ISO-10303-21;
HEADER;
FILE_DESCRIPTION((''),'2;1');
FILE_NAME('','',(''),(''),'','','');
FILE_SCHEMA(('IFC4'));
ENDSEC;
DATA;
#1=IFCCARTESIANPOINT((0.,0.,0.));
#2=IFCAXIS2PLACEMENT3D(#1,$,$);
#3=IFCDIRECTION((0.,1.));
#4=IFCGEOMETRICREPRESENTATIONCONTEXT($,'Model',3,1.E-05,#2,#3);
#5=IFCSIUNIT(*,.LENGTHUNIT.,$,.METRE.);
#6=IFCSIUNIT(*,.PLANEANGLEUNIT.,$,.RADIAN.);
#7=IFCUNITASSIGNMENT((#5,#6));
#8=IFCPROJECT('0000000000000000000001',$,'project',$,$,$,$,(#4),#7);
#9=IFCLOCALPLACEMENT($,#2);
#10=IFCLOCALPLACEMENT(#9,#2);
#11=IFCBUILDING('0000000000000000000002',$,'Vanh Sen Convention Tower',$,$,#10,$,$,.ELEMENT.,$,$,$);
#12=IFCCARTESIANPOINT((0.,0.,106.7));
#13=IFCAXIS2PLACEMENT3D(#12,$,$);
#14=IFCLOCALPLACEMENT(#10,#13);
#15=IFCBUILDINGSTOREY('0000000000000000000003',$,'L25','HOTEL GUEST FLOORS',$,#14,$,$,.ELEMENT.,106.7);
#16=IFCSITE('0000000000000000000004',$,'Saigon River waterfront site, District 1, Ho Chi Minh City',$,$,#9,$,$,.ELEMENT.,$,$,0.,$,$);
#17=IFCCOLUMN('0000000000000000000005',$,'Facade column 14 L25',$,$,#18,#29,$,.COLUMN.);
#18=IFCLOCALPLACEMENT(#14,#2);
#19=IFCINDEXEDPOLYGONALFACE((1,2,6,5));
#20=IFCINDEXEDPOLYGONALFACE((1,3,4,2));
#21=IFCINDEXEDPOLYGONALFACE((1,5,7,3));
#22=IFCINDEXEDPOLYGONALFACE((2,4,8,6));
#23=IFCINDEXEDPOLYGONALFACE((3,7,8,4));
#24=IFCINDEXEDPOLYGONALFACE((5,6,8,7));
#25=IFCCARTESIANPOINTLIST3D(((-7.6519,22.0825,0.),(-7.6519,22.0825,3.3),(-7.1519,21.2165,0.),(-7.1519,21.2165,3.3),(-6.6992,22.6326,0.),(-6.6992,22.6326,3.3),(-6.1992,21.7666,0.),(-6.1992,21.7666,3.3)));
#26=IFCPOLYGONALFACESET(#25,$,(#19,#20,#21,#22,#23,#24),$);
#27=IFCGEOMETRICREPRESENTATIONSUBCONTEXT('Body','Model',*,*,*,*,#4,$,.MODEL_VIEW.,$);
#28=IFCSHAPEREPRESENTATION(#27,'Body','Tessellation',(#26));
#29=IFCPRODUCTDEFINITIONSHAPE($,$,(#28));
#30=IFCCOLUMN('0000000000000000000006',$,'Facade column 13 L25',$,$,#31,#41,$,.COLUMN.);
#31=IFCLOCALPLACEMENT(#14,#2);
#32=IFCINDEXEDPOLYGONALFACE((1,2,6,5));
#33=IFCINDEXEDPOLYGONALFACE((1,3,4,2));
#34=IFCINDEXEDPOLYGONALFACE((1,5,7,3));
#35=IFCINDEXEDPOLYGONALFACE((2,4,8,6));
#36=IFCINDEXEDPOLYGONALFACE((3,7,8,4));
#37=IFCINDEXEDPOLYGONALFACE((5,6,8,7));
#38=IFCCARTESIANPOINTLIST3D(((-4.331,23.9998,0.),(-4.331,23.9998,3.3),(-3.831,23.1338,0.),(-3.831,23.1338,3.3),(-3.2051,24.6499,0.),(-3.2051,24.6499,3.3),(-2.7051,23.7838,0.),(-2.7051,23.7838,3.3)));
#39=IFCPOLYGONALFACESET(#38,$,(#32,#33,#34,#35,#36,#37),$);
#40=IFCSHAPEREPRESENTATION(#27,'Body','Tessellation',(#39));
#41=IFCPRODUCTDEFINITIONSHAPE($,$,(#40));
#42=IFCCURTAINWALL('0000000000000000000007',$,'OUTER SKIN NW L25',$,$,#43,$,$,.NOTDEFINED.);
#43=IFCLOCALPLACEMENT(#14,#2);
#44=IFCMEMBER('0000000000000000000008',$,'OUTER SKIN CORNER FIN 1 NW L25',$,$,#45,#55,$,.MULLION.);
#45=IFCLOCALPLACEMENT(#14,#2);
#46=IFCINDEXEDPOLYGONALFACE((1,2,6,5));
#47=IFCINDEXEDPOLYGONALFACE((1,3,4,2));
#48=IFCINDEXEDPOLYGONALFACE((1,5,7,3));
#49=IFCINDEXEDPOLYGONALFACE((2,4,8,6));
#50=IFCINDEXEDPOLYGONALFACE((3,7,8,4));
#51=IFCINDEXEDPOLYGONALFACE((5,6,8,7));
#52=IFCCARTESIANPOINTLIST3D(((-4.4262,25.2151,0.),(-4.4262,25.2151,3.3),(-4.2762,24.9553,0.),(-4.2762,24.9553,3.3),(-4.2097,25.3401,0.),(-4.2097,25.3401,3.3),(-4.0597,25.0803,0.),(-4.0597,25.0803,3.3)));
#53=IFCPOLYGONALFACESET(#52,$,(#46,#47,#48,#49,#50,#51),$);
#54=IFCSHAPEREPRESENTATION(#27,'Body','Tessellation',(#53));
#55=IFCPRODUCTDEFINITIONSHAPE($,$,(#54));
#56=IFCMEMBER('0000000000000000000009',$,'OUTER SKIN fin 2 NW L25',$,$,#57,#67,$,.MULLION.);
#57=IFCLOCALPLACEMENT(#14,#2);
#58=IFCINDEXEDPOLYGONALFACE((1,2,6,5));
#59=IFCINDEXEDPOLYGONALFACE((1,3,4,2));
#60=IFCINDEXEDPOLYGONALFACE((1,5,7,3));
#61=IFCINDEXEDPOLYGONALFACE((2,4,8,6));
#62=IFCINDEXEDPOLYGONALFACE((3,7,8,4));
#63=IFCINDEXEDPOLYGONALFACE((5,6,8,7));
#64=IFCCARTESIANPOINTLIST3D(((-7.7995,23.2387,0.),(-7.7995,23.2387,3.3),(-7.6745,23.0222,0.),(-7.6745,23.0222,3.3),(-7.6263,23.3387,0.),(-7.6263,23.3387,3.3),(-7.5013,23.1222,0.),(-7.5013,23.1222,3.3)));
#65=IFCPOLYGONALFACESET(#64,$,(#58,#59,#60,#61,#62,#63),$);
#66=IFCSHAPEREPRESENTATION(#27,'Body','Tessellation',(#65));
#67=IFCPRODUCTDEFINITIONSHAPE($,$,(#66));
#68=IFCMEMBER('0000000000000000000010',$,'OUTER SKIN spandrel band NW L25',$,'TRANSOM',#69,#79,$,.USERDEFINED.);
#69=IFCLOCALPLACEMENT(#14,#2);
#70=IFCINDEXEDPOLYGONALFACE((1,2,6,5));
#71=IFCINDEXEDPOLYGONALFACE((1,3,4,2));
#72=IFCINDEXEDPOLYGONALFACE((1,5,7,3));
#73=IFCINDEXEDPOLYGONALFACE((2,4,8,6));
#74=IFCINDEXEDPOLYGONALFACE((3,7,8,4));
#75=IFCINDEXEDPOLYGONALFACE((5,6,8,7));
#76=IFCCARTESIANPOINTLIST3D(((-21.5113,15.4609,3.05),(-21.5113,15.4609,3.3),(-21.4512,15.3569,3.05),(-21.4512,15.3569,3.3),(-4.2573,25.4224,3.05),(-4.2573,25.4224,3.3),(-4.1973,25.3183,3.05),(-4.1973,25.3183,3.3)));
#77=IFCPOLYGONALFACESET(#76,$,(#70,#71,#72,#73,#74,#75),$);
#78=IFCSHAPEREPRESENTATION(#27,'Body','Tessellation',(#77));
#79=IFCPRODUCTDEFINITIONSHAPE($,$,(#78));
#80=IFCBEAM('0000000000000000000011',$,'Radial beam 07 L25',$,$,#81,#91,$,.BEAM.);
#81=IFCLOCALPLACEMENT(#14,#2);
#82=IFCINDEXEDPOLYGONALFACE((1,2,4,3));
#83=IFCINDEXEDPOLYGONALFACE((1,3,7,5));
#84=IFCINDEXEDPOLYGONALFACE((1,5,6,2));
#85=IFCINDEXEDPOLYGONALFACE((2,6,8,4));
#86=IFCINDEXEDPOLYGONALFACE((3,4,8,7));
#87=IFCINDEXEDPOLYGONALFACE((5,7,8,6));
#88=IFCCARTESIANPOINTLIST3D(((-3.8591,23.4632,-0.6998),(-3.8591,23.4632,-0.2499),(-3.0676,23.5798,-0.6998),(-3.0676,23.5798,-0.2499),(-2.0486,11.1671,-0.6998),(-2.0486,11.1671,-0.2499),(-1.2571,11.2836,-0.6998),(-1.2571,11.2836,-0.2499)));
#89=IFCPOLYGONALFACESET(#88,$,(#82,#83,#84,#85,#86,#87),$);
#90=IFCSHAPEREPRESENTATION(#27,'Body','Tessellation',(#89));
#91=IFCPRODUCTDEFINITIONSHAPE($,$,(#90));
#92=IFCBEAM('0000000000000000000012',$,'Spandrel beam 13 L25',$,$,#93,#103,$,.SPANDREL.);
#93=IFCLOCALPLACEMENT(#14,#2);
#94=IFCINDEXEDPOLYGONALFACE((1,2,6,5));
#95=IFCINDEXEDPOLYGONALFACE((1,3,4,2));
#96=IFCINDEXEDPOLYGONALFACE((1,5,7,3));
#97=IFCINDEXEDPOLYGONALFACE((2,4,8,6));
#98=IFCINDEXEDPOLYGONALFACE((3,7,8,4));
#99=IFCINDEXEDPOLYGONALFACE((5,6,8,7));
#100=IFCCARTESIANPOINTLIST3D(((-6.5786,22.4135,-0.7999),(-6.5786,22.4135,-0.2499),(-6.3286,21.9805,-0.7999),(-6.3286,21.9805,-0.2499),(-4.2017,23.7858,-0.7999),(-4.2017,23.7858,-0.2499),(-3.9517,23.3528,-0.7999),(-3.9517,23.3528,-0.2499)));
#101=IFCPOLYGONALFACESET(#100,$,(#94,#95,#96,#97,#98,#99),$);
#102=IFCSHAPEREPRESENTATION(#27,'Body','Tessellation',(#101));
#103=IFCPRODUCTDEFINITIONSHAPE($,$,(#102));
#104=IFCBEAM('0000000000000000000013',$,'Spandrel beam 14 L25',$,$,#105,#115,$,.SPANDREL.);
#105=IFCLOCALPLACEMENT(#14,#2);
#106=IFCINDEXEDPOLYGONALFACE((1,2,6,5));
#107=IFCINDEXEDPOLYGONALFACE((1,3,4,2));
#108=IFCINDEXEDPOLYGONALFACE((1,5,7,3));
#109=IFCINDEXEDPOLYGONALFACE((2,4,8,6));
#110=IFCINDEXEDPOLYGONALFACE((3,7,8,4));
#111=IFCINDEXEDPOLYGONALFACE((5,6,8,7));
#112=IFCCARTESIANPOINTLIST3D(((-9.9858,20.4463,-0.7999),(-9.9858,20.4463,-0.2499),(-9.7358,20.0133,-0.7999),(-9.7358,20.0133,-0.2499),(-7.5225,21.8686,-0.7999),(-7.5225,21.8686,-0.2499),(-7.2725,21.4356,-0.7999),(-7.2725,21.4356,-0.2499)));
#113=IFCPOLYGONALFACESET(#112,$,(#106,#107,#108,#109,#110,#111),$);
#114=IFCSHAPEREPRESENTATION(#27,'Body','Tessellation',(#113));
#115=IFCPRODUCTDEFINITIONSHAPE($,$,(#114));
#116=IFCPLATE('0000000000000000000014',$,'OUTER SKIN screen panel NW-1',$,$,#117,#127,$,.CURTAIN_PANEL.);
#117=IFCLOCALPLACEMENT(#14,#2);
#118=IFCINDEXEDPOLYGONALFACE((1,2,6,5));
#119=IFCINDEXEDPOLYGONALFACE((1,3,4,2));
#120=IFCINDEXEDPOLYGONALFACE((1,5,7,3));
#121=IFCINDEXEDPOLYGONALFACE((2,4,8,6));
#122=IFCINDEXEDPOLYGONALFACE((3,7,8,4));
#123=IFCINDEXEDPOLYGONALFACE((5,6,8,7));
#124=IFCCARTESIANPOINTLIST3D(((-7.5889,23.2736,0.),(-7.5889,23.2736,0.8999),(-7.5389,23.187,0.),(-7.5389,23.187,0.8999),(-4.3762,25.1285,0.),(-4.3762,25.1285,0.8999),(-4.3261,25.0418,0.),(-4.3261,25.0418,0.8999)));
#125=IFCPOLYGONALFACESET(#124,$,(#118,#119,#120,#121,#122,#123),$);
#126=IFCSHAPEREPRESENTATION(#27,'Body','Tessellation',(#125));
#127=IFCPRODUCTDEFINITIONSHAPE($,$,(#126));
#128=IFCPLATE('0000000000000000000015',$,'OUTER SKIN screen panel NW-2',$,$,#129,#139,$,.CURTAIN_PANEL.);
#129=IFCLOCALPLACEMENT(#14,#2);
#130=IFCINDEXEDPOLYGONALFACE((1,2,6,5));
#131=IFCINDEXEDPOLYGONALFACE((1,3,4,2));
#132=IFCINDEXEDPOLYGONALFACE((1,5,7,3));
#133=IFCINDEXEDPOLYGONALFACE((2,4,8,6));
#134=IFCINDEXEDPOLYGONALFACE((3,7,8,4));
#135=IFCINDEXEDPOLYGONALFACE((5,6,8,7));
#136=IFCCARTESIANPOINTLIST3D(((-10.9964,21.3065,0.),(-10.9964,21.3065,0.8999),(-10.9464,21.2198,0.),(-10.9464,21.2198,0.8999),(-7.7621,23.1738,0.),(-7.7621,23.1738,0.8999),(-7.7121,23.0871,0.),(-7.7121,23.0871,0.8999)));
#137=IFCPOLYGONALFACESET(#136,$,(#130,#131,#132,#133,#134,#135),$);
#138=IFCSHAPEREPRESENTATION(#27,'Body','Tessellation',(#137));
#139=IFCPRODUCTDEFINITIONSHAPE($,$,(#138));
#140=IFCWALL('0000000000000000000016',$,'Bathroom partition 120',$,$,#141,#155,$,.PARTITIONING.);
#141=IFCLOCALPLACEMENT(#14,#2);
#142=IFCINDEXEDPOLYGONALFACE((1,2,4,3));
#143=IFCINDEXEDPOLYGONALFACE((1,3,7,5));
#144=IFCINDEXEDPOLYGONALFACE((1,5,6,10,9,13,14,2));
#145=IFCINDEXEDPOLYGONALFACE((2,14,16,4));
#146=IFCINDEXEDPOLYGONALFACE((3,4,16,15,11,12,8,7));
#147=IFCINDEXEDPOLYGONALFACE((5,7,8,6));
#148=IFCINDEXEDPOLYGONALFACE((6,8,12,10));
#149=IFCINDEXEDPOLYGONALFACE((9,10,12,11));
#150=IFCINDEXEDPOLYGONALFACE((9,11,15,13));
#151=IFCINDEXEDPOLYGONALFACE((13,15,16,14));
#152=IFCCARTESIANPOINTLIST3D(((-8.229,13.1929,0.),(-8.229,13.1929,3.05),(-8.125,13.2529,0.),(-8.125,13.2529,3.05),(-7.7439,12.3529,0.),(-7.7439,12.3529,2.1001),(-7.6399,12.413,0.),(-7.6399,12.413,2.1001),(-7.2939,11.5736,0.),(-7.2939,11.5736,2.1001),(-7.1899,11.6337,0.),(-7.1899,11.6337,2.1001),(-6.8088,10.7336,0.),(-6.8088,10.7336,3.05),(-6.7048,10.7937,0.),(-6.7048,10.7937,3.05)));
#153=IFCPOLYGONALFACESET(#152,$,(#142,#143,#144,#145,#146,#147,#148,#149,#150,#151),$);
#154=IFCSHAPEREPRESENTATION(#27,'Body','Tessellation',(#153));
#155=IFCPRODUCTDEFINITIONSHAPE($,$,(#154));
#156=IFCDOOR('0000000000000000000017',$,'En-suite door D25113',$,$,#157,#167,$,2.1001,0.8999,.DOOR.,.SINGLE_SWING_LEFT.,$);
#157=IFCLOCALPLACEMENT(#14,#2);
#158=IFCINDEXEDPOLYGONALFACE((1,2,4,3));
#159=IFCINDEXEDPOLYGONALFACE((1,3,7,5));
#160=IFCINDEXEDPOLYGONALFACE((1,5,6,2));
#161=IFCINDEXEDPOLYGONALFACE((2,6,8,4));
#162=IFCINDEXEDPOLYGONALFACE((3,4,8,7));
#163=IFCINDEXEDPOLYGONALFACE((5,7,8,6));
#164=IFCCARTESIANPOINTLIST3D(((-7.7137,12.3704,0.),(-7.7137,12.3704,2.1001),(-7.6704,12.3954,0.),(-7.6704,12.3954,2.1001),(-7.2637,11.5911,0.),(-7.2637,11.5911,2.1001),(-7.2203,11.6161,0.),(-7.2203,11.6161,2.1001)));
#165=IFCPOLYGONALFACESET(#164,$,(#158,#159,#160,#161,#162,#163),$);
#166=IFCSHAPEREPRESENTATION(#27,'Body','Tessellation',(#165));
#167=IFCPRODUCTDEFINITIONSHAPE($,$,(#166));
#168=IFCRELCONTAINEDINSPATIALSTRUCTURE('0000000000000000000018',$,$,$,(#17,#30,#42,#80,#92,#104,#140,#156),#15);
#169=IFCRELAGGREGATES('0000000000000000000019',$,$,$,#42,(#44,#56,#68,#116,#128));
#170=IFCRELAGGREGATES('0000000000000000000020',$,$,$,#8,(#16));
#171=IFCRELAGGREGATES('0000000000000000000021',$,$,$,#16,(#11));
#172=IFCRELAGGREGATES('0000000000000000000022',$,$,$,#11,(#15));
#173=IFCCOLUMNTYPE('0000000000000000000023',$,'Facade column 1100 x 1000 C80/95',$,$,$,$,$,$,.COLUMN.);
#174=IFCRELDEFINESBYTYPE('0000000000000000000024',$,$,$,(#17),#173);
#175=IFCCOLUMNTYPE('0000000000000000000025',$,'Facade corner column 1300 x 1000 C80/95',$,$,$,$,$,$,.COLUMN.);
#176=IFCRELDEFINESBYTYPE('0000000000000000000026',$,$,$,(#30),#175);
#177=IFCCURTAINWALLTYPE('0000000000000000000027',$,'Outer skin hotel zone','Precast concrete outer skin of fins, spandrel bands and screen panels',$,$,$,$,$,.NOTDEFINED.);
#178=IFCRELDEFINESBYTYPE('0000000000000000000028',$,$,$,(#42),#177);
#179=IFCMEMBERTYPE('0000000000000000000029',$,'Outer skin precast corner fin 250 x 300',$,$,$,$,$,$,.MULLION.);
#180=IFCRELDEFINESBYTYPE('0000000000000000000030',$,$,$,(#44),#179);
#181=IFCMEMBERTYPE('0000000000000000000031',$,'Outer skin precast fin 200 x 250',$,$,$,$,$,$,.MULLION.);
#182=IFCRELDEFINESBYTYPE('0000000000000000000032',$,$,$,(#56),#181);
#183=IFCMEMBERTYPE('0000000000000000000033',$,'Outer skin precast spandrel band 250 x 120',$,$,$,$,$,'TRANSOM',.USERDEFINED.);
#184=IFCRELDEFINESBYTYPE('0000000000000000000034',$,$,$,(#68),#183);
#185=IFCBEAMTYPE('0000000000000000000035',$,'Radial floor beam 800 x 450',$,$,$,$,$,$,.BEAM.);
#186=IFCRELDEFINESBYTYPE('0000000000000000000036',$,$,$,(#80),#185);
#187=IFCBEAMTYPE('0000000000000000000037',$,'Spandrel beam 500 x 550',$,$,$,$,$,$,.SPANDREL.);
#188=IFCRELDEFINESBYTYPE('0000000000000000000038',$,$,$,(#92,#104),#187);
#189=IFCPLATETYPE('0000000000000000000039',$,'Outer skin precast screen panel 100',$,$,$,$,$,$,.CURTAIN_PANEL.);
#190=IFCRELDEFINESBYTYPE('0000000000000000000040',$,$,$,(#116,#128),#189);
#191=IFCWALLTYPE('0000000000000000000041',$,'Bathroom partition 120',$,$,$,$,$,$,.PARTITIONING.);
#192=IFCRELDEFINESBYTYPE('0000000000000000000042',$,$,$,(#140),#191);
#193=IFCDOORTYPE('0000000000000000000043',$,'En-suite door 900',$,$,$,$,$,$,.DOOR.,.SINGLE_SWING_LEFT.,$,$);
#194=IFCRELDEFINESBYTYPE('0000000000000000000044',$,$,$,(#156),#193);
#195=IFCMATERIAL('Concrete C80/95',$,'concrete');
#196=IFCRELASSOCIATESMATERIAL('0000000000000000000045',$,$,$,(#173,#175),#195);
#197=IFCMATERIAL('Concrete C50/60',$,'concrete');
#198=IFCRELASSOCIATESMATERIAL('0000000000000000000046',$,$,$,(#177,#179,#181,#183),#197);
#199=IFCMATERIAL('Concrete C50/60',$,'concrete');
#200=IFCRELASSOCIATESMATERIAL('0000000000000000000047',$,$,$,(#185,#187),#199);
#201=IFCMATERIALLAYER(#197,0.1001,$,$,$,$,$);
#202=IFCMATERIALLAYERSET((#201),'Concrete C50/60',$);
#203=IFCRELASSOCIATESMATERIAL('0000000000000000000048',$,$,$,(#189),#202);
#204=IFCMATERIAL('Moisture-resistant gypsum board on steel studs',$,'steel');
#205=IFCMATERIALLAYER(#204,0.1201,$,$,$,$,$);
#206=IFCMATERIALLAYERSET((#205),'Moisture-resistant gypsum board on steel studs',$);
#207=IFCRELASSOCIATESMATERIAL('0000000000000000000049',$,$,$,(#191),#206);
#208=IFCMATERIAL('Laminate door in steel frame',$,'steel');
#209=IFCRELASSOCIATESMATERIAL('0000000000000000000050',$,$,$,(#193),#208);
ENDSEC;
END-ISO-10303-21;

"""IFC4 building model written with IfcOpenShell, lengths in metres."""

from ifc_helpers import new_model, si_unit, direction, frame, frame_2d, origin, origin_2d, place, context, subcontext, project, spatial, rectangle, extrude, material, layer, layer_set, material_profile, profile_set, type_object, element, fill, aggregate, save


model = new_model("IFC4")

# Units and contexts
model_context = context("Model", 3, precision=1e-05, world=origin(), true_north=direction((0.0, 1.0)))
body_context = subcontext(model_context, "Body", "Model", "MODEL_VIEW")
ifc_project = project(units=[si_unit("LENGTHUNIT", "METRE"), si_unit("PLANEANGLEUNIT", "RADIAN")], contexts=[model_context])

# Site, building, storey
site_placement = place(None, origin())
site = spatial("IfcSite", under=ifc_project, at=site_placement, Name="Saigon River waterfront site, District 1, Ho Chi Minh City", CompositionType="ELEMENT", RefElevation=0.0)
building_placement = place(site_placement, origin())
building = spatial("IfcBuilding", under=site, at=building_placement, Name="Vanh Sen Convention Tower", CompositionType="ELEMENT")
storey_placement = place(building_placement, frame((0.0, 0.0, 106.7)))
storey = spatial("IfcBuildingStorey", under=building, at=storey_placement, Name="L25", Description="HOTEL GUEST FLOORS", CompositionType="ELEMENT", Elevation=106.7)

# Columns
ifc_material_1 = material(Name="Concrete C80/95", Category="concrete")
ifc_material_profile_1 = material_profile(ifc_material_1, rectangle(XDim=1.1001, YDim=1.0, at=origin_2d()), Name="RC 1100X1000")
ifc_profile_set_1 = profile_set([ifc_material_profile_1], Name="Concrete C80/95")
column_type_1 = type_object("IfcColumnType", Name="Facade column 1100 x 1000 C80/95", PredefinedType="COLUMN", material=ifc_profile_set_1)
column_1_placement = place(storey_placement, frame((-6.9255, 21.9246, 0.0), z_axis=(0.0, 0.0, 1.0), x_axis=(-0.866025, -0.5, 0.0)))
element("IfcColumn", 1, at=column_1_placement, inside=storey, type_object=column_type_1, Name="Facade column 14 L25", PredefinedType="COLUMN", context=body_context, shape_type="SweptSolid", body=[
    extrude(rectangle(XDim=1.1001, YDim=1.0, at=origin_2d()), origin(), (0.0, 0.0, 1.0), 3.3),
])
ifc_material_profile_2 = material_profile(ifc_material_1, rectangle(XDim=1.3, YDim=1.0, at=origin_2d()), Name="RC 1300X1000")
ifc_profile_set_2 = profile_set([ifc_material_profile_2], Name="Concrete C80/95")
column_type_2 = type_object("IfcColumnType", Name="Facade corner column 1300 x 1000 C80/95", PredefinedType="COLUMN", material=ifc_profile_set_2)
column_2_placement = place(storey_placement, frame((-3.5181, 23.8918, 0.0), z_axis=(0.0, 0.0, 1.0), x_axis=(-0.866025, -0.5, 0.0)))
element("IfcColumn", 2, at=column_2_placement, inside=storey, type_object=column_type_2, Name="Facade column 13 L25", PredefinedType="COLUMN", context=body_context, shape_type="SweptSolid", body=[
    extrude(rectangle(XDim=1.3, YDim=1.0, at=origin_2d()), origin(), (0.0, 0.0, 1.0), 3.3),
])

# Curtain wall, members
ifc_material_2 = material(Name="Concrete C50/60", Category="concrete")
curtain_wall_type = type_object("IfcCurtainWallType", Name="Outer skin hotel zone", Description="Precast concrete outer skin of fins, spandrel bands and screen panels", PredefinedType="NOTDEFINED", material=ifc_material_2)
curtain_wall_placement = place(storey_placement, origin())
curtain_wall = element("IfcCurtainWall", 3, at=curtain_wall_placement, inside=storey, type_object=curtain_wall_type, Name="OUTER SKIN NW L25", PredefinedType="NOTDEFINED")
ifc_material_profile_3 = material_profile(ifc_material_2, rectangle(XDim=0.25, YDim=0.3, at=origin_2d()), Name="Outer skin precast corner fin 250 x 300")
ifc_profile_set_3 = profile_set([ifc_material_profile_3], Name="Concrete C50/60")
member_type_1 = type_object("IfcMemberType", Name="Outer skin precast corner fin 250 x 300", PredefinedType="MULLION", material=ifc_profile_set_3)
member_1_placement = place(storey_placement, frame((-4.2429, 25.1477, 0.0), z_axis=(0.0, 0.0, 1.0), x_axis=(-0.866025, -0.5, 0.0)))
member_1 = element("IfcMember", 4, at=member_1_placement, type_object=member_type_1, Name="OUTER SKIN CORNER FIN 1 NW L25", PredefinedType="MULLION", context=body_context, shape_type="SweptSolid", body=[
    extrude(rectangle(XDim=0.25, YDim=0.3, at=origin_2d()), origin(), (0.0, 0.0, 1.0), 3.3),
])
ifc_material_profile_4 = material_profile(ifc_material_2, rectangle(XDim=0.2, YDim=0.25, at=origin_2d()), Name="Outer skin precast fin 200 x 250")
ifc_profile_set_4 = profile_set([ifc_material_profile_4], Name="Concrete C50/60")
member_type_2 = type_object("IfcMemberType", Name="Outer skin precast fin 200 x 250", PredefinedType="MULLION", material=ifc_profile_set_4)
member_2_placement = place(storey_placement, frame((-7.6504, 23.1804, 0.0), z_axis=(0.0, 0.0, 1.0), x_axis=(-0.866025, -0.5, 0.0)))
member_2 = element("IfcMember", 5, at=member_2_placement, type_object=member_type_2, Name="OUTER SKIN fin 2 NW L25", PredefinedType="MULLION", context=body_context, shape_type="SweptSolid", body=[
    extrude(rectangle(XDim=0.2, YDim=0.25, at=origin_2d()), origin(), (0.0, 0.0, 1.0), 3.3),
])
ifc_material_profile_5 = material_profile(ifc_material_2, rectangle(XDim=0.1201, YDim=0.25, at=origin_2d()), Name="Outer skin precast spandrel band 250 x 120")
ifc_profile_set_5 = profile_set([ifc_material_profile_5], Name="Concrete C50/60")
member_type_3 = type_object("IfcMemberType", Name="Outer skin precast spandrel band 250 x 120", ElementType="TRANSOM", PredefinedType="USERDEFINED", material=ifc_profile_set_5)
member_3_placement = place(storey_placement, frame((-4.2273, 25.3704, 3.175), z_axis=(-0.866028, -0.499995, 0.0), x_axis=(0.499995, -0.866028, 0.0)))
member_3 = element("IfcMember", 6, at=member_3_placement, type_object=member_type_3, Name="OUTER SKIN spandrel band NW L25", ObjectType="TRANSOM", PredefinedType="USERDEFINED", context=body_context, shape_type="SweptSolid", body=[
    extrude(rectangle(XDim=0.1201, YDim=0.25, at=origin_2d()), origin(), (0.0, 0.0, 1.0), 19.9231),
])

# Beams
ifc_material_3 = material(Name="Concrete C50/60", Category="concrete")
ifc_material_profile_6 = material_profile(ifc_material_3, rectangle(XDim=0.8, YDim=0.45, at=origin_2d()), Name="RC 800X450")
ifc_profile_set_6 = profile_set([ifc_material_profile_6], Name="Concrete C50/60")
beam_type_1 = type_object("IfcBeamType", Name="Radial floor beam 800 x 450", PredefinedType="BEAM", material=ifc_profile_set_6)
beam_1_placement = place(storey_placement, frame((-3.4634, 23.5215, -0.4749), z_axis=(0.145674, -0.989333, 0.0), x_axis=(0.989333, 0.145674, 0.0)))
element("IfcBeam", 7, at=beam_1_placement, inside=storey, type_object=beam_type_1, Name="Radial beam 07 L25", PredefinedType="BEAM", context=body_context, shape_type="SweptSolid", body=[
    extrude(rectangle(XDim=0.8, YDim=0.45, at=origin_2d()), origin(), (0.0, 0.0, 1.0), 12.4287),
])
ifc_material_profile_7 = material_profile(ifc_material_3, rectangle(XDim=0.5, YDim=0.55, at=origin_2d()), Name="RC 500X550")
ifc_profile_set_7 = profile_set([ifc_material_profile_7], Name="Concrete C50/60")
beam_type_2 = type_object("IfcBeamType", Name="Spandrel beam 500 x 550", PredefinedType="SPANDREL", material=ifc_profile_set_7)
beam_2_placement = place(storey_placement, frame((-4.0767, 23.5693, -0.5249), z_axis=(-0.866029, -0.499995, 0.0), x_axis=(0.499995, -0.866029, 0.0)))
element("IfcBeam", 8, at=beam_2_placement, inside=storey, type_object=beam_type_2, Name="Spandrel beam 13 L25", PredefinedType="SPANDREL", context=body_context, shape_type="SweptSolid", body=[
    extrude(rectangle(XDim=0.5, YDim=0.55, at=origin_2d()), origin(), (0.0, 0.0, 1.0), 2.7446),
])
beam_3_placement = place(storey_placement, frame((-7.3975, 21.6521, -0.5249), z_axis=(-0.866005, -0.500034, 0.0), x_axis=(0.500034, -0.866005, 0.0)))
element("IfcBeam", 9, at=beam_3_placement, inside=storey, type_object=beam_type_2, Name="Spandrel beam 14 L25", PredefinedType="SPANDREL", context=body_context, shape_type="SweptSolid", body=[
    extrude(rectangle(XDim=0.5, YDim=0.55, at=origin_2d()), origin(), (0.0, 0.0, 1.0), 2.8445),
])

# Plates
ifc_layer_1 = layer(ifc_material_2, 0.1001)
ifc_layer_set_1 = layer_set([ifc_layer_1], Name="Concrete C50/60")
plate_type = type_object("IfcPlateType", Name="Outer skin precast screen panel 100", PredefinedType="CURTAIN_PANEL", material=ifc_layer_set_1)
plate_1_placement = place(storey_placement, frame((-5.9575, 24.1577, 0.0), z_axis=(0.0, 0.0, 1.0), x_axis=(-0.866028, -0.499995, 0.0)))
plate_1 = element("IfcPlate", 10, at=plate_1_placement, type_object=plate_type, Name="OUTER SKIN screen panel NW-1", PredefinedType="CURTAIN_PANEL", context=body_context, shape_type="SweptSolid", body=[
    extrude(rectangle(XDim=3.7097, YDim=0.1001, at=origin_2d()), origin(), (0.0, 0.0, 1.0), 0.8999),
])
plate_2_placement = place(storey_placement, frame((-9.3542, 22.1968, 0.0), z_axis=(0.0, 0.0, 1.0), x_axis=(-0.866021, -0.500008, 0.0)))
plate_2 = element("IfcPlate", 11, at=plate_2_placement, type_object=plate_type, Name="OUTER SKIN screen panel NW-2", PredefinedType="CURTAIN_PANEL", context=body_context, shape_type="SweptSolid", body=[
    extrude(rectangle(XDim=3.7346, YDim=0.1001, at=origin_2d()), origin(), (0.0, 0.0, 1.0), 0.8999),
])
aggregate(curtain_wall, [member_1, member_2, member_3, plate_1, plate_2])

# Wall, opening, door
ifc_material_4 = material(Name="Moisture-resistant gypsum board on steel studs", Category="steel")
ifc_layer_2 = layer(ifc_material_4, 0.1201)
ifc_layer_set_2 = layer_set([ifc_layer_2], Name="Moisture-resistant gypsum board on steel studs")
wall_type_1 = type_object("IfcWallType", Name="Bathroom partition 120", PredefinedType="PARTITIONING", material=ifc_layer_set_2)
wall_1_placement = place(storey_placement, frame((-8.177, 13.2229, 0.0), z_axis=(0.0, 0.0, 1.0), x_axis=(0.500087, -0.865975, 0.0)))
wall_1 = element("IfcWall", 12, at=wall_1_placement, inside=storey, type_object=wall_type_1, Name="Bathroom partition 120", PredefinedType="PARTITIONING", context=body_context, shape_type="SweptSolid", body=[
    extrude(rectangle(XDim=2.8398, YDim=0.1201, at=frame_2d((1.4199, 0.0))), origin(), (0.0, 0.0, 1.0), 3.05),
])
opening_1_placement = place(wall_1_placement, frame((0.97, 0.0, 0.0)))
opening_1 = element("IfcOpeningElement", 13, at=opening_1_placement, cuts=wall_1, PredefinedType="OPENING", context=body_context, shape_type="SweptSolid", body=[
    extrude(rectangle(XDim=0.8999, YDim=2.1001, at=frame_2d((0.45, 1.05))), frame((0.0, 0.0701, 0.0), z_axis=(0.0, -1.0, 0.0), x_axis=(1.0, 0.0, 0.0)), (0.0, 0.0, 1.0), 0.1401),
])
ifc_material_5 = material(Name="Laminate door in steel frame", Category="steel")
door_type = type_object("IfcDoorType", Name="En-suite door 900", OperationType="SINGLE_SWING_LEFT", PredefinedType="DOOR", material=ifc_material_5)
door_1_placement = place(opening_1_placement, origin())
door_1 = element("IfcDoor", 14, at=door_1_placement, inside=storey, type_object=door_type, Name="En-suite door D25113", OperationType="SINGLE_SWING_LEFT", OverallHeight=2.1001, OverallWidth=0.8999, PredefinedType="DOOR", context=body_context, shape_type="SweptSolid", body=[
    extrude(rectangle(XDim=0.8999, YDim=2.1001, at=frame_2d((0.45, 1.05))), frame((0.0, 0.0249, 0.0), z_axis=(0.0, -1.0, 0.0), x_axis=(1.0, 0.0, 0.0)), (0.0, 0.0, 1.0), 0.05),
])
fill(opening_1, door_1)

save(model, "model.ifc")
